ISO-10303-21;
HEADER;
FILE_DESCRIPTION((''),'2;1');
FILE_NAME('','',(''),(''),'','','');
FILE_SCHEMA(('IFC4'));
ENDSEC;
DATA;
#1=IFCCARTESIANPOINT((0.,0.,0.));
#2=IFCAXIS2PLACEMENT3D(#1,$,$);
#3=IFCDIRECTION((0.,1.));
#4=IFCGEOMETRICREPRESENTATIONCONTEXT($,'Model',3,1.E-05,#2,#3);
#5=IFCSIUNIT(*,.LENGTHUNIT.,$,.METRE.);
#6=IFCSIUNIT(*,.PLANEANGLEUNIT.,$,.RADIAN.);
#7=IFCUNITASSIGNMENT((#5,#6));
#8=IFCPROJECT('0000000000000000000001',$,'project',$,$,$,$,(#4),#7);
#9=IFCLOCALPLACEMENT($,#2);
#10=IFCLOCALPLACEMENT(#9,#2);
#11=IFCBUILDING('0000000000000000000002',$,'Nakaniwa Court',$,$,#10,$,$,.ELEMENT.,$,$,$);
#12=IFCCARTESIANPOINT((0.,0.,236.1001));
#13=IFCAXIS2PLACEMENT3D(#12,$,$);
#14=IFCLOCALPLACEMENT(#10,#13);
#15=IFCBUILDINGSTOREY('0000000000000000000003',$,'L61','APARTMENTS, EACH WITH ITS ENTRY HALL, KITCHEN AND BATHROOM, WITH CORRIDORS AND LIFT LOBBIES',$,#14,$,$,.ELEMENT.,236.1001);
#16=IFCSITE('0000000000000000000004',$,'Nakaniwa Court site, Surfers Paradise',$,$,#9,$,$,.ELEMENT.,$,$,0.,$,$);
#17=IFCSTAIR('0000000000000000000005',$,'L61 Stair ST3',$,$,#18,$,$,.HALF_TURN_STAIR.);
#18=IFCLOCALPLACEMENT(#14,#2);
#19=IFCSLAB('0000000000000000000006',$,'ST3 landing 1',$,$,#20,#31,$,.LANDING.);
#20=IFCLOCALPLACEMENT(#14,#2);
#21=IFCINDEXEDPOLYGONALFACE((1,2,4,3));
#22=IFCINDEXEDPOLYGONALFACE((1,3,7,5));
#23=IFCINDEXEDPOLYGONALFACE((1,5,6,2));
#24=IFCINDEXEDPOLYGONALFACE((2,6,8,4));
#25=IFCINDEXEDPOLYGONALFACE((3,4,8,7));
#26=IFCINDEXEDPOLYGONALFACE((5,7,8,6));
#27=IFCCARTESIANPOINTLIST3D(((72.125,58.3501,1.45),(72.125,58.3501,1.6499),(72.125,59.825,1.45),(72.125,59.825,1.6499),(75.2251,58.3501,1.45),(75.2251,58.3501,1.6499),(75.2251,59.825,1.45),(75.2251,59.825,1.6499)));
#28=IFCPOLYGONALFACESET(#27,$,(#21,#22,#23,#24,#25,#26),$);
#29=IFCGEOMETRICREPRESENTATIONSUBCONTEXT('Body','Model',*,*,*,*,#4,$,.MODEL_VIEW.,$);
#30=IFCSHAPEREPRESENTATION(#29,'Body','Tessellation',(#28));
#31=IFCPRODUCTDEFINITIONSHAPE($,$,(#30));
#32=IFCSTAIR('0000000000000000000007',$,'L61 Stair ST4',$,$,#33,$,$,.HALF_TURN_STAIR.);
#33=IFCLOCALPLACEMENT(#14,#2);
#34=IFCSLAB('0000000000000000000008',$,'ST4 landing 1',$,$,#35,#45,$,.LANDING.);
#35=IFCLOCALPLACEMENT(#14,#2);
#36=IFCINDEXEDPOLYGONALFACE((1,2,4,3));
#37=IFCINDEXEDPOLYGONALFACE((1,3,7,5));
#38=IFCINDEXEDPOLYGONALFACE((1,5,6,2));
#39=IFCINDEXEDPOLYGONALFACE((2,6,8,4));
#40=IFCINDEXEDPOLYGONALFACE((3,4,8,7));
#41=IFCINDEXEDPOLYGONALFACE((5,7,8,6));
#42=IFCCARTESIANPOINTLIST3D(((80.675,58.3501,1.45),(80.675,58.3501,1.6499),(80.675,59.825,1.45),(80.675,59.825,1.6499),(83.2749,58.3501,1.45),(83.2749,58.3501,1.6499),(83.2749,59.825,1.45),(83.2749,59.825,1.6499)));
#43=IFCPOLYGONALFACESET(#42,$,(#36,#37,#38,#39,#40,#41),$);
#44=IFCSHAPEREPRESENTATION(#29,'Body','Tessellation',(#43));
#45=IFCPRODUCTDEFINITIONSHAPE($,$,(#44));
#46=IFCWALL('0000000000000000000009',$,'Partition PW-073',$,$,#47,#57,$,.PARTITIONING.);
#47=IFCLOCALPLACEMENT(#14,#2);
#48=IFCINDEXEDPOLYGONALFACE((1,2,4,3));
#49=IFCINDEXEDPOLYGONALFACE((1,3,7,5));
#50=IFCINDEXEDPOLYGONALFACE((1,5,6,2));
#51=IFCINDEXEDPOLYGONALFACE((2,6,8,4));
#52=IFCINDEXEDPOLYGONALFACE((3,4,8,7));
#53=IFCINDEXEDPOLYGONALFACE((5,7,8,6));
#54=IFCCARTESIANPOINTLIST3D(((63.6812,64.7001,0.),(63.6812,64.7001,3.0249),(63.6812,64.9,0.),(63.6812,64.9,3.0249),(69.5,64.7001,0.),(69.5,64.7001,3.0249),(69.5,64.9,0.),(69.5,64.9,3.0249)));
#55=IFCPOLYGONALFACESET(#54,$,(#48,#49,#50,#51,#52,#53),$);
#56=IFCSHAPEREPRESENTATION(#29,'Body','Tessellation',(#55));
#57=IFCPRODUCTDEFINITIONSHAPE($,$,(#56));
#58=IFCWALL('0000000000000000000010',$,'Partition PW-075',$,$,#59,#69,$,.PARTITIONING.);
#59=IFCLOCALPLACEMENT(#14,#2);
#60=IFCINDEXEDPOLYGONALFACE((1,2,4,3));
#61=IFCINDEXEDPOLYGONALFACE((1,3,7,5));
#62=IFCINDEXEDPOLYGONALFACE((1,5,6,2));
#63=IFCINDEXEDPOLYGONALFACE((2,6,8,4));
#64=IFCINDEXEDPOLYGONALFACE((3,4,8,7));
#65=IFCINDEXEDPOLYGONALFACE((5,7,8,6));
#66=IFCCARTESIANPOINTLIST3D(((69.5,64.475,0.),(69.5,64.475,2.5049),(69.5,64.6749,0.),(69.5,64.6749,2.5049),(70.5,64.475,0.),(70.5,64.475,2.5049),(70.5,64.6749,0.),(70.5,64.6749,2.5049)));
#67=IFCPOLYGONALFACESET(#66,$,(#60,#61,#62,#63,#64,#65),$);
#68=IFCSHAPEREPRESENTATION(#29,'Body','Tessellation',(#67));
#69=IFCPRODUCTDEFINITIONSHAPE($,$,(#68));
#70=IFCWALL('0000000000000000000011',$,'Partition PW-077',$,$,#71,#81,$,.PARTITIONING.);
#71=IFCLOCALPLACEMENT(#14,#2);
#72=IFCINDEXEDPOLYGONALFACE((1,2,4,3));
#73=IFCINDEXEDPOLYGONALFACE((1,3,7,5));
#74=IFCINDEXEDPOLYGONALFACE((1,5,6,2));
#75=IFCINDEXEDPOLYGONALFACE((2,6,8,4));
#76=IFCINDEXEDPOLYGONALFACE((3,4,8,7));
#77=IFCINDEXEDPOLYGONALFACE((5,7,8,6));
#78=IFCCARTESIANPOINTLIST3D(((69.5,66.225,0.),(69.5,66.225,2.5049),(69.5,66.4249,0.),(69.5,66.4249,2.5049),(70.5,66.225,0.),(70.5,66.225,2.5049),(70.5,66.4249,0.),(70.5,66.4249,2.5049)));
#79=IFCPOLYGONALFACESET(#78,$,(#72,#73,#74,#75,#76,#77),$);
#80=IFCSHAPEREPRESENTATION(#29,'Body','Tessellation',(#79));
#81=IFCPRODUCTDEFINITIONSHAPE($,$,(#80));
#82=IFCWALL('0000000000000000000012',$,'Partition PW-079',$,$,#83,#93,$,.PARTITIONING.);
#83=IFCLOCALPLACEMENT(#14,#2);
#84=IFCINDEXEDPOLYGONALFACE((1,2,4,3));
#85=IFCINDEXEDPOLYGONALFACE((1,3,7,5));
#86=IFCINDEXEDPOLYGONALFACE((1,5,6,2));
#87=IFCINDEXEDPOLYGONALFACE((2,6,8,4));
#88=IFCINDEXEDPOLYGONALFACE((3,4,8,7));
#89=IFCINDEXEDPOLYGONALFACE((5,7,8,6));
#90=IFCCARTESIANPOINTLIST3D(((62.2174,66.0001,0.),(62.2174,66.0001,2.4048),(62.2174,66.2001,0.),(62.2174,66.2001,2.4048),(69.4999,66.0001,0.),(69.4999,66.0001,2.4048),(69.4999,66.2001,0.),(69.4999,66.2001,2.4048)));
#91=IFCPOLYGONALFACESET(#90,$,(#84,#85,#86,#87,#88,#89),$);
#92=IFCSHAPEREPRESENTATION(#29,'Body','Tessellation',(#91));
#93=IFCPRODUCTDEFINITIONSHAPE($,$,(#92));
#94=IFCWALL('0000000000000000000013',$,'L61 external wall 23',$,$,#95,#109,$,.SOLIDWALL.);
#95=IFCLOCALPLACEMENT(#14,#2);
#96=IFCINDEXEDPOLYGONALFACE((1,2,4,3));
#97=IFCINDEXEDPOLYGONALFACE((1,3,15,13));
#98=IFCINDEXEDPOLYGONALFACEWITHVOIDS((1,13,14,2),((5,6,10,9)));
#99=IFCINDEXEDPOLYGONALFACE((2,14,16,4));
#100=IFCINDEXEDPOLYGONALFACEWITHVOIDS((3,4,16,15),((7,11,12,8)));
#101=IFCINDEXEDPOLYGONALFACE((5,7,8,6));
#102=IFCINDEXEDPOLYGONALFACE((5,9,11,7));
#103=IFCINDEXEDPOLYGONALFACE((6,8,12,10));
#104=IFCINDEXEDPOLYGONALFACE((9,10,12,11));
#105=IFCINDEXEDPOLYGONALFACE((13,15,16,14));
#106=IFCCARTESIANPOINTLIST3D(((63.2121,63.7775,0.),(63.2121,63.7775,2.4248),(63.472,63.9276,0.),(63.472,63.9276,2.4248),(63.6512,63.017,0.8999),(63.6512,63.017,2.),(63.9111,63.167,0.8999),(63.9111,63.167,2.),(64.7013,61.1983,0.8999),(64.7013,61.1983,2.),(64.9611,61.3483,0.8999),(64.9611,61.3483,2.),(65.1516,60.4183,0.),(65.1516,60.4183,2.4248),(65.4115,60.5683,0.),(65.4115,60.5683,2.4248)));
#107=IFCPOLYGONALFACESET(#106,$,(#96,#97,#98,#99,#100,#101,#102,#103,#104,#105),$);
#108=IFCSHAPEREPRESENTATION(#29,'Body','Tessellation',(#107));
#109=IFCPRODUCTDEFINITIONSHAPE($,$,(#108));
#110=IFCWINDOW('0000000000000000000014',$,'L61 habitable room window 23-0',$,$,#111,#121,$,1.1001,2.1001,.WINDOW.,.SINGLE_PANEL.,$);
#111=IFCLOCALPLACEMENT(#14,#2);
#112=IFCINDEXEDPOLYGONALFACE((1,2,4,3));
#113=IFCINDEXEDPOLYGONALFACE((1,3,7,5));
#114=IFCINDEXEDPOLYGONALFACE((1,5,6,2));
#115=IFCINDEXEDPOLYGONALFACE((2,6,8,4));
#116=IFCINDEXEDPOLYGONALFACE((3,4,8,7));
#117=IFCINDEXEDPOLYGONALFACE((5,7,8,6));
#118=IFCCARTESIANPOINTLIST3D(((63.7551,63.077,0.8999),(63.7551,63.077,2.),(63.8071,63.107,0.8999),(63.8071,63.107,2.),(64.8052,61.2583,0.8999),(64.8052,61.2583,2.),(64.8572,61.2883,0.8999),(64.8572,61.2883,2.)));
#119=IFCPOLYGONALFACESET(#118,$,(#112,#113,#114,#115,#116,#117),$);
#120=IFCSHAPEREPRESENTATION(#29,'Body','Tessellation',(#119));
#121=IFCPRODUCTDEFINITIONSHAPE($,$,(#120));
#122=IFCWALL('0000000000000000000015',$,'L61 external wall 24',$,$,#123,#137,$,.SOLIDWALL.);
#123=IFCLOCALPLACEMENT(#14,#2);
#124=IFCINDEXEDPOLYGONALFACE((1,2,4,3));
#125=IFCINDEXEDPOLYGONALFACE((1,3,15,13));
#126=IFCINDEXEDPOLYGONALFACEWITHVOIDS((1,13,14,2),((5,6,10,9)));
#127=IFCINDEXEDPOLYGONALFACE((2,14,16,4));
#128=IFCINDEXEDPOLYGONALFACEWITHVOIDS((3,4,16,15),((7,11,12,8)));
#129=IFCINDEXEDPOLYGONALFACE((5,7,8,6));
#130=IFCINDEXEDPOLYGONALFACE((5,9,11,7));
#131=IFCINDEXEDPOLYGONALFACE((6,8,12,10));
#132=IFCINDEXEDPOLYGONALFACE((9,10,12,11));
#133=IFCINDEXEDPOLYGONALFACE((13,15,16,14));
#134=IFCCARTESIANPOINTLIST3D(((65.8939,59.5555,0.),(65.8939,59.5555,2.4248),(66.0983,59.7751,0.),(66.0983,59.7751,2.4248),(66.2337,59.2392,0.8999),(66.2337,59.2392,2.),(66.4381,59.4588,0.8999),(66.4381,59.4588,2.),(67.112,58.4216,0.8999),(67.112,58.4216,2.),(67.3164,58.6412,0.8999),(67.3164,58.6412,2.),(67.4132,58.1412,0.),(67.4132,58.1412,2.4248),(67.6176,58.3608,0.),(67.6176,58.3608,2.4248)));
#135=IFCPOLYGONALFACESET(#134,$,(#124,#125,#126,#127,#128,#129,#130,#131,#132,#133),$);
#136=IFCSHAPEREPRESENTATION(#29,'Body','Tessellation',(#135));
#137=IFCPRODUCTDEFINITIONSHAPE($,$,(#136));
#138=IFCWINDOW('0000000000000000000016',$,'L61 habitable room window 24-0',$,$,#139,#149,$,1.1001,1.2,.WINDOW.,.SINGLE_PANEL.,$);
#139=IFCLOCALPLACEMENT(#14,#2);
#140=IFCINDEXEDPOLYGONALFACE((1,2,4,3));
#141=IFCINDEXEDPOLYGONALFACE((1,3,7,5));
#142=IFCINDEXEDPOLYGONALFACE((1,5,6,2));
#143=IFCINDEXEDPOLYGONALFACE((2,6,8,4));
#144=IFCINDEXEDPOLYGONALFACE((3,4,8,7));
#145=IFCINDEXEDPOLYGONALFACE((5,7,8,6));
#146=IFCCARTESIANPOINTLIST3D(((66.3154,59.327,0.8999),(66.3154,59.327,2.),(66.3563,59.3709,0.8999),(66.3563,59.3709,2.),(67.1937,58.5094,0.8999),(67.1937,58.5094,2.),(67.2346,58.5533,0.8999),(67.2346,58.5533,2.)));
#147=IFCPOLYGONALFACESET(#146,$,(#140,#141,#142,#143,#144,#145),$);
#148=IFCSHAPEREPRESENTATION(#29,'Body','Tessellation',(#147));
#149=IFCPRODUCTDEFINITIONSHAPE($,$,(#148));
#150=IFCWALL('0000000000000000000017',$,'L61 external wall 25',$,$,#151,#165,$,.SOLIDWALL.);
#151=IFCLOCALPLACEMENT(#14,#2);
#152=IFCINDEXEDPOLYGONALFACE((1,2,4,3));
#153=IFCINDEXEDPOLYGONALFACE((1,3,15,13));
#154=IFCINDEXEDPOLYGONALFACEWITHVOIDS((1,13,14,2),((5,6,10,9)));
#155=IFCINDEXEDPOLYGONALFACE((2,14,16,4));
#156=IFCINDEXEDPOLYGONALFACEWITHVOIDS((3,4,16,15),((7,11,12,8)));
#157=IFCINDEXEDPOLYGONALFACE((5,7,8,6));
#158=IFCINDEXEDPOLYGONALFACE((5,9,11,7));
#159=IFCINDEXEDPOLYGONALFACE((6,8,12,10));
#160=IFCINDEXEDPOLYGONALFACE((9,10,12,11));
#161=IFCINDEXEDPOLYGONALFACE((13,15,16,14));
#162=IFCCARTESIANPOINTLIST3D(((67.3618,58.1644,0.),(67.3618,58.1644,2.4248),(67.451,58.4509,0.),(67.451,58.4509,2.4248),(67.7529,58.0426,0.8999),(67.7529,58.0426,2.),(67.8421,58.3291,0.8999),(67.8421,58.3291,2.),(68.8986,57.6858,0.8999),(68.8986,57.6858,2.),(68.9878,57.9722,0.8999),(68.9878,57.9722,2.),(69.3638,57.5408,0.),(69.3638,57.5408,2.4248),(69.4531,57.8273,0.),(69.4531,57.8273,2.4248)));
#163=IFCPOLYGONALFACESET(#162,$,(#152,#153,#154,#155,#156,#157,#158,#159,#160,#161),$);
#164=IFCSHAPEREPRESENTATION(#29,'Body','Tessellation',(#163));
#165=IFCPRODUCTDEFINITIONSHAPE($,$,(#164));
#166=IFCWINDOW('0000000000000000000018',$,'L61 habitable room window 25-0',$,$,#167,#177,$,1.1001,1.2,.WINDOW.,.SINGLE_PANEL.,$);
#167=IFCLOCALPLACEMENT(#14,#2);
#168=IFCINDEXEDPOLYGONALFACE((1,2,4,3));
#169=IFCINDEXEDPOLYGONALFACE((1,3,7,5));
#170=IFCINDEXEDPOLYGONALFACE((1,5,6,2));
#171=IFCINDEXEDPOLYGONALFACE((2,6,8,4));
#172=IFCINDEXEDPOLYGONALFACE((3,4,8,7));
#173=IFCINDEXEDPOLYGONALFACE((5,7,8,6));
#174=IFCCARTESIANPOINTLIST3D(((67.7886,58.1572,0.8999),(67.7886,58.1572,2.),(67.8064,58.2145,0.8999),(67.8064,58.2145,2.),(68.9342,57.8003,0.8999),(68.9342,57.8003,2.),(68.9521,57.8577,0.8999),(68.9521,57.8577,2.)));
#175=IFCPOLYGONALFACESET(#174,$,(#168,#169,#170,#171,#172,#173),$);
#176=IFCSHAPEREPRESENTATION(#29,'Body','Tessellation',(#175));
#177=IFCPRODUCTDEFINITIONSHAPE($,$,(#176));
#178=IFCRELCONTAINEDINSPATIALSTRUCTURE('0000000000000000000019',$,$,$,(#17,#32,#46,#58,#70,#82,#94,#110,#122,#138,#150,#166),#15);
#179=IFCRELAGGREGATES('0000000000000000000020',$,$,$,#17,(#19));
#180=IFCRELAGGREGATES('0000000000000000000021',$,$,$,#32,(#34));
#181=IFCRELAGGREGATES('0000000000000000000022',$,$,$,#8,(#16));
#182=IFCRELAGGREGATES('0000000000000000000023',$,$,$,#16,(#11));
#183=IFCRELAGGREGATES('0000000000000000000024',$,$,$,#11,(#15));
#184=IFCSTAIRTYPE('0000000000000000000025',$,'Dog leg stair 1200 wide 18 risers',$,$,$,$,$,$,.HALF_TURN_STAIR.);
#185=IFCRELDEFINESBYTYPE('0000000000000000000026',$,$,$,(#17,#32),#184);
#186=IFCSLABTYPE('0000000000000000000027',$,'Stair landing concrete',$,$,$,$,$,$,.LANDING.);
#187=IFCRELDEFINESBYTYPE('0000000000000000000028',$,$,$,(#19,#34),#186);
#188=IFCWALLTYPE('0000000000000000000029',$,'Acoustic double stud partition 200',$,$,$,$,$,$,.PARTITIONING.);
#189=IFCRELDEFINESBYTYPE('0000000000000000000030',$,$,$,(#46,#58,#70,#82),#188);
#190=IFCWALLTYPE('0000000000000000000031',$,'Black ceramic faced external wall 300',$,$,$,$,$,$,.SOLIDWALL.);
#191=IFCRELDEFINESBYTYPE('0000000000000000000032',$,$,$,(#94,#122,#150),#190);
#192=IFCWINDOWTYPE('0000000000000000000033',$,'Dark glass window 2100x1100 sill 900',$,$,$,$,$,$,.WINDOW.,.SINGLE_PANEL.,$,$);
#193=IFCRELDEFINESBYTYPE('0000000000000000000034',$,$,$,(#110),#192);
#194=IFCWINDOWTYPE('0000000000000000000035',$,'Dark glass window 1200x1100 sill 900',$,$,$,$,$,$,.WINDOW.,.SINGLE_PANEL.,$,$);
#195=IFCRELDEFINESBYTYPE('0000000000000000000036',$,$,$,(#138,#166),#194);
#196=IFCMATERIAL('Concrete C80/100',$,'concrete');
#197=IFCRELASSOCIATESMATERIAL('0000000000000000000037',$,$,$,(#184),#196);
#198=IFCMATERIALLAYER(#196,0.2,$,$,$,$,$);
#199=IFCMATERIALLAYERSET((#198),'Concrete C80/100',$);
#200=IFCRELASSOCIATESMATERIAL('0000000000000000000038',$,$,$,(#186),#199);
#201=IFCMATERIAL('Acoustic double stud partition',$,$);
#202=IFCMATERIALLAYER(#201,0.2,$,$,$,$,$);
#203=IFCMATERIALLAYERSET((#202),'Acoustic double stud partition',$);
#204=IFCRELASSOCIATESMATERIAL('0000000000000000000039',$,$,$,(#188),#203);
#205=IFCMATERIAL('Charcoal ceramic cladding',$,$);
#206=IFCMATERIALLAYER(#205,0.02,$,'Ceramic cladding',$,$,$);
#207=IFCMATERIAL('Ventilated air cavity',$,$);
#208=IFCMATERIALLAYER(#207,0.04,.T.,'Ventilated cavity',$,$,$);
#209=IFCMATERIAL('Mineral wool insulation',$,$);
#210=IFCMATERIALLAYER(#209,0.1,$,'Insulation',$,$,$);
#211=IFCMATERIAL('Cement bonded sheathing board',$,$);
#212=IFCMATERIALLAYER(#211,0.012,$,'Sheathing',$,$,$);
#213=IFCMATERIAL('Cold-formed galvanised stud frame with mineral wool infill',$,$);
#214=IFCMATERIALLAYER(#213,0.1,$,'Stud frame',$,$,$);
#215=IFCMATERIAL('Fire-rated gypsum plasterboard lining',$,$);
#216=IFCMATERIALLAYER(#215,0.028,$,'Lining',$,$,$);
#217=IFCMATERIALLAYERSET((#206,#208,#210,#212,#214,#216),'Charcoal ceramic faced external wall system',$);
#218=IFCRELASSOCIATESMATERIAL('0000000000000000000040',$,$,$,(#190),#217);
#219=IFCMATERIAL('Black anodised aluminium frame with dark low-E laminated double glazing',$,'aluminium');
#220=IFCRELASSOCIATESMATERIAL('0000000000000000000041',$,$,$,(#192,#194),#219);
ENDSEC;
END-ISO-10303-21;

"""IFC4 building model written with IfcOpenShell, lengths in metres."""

from ifc_helpers import new_model, si_unit, direction, frame, frame_2d, origin, place, context, subcontext, project, spatial, polyline, rectangle, outline, extrude, material, layer, layer_set, type_object, element, fill, aggregate, save


model = new_model("IFC4")

# Units and contexts
model_context = context("Model", 3, precision=1e-05, world=origin(), true_north=direction((0.0, 1.0)))
body_context = subcontext(model_context, "Body", "Model", "MODEL_VIEW")
ifc_project = project(units=[si_unit("LENGTHUNIT", "METRE"), si_unit("PLANEANGLEUNIT", "RADIAN")], contexts=[model_context])

# Site, building, storey
site_placement = place(None, origin())
site = spatial("IfcSite", under=ifc_project, at=site_placement, Name="Nakaniwa Court site, Surfers Paradise", CompositionType="ELEMENT", RefElevation=0.0)
building_placement = place(site_placement, origin())
building = spatial("IfcBuilding", under=site, at=building_placement, Name="Nakaniwa Court", CompositionType="ELEMENT")
storey_placement = place(building_placement, frame((0.0, 0.0, 236.1001)))
storey = spatial("IfcBuildingStorey", under=building, at=storey_placement, Name="L61", Description="APARTMENTS, EACH WITH ITS ENTRY HALL, KITCHEN AND BATHROOM, WITH CORRIDORS AND LIFT LOBBIES", CompositionType="ELEMENT", Elevation=236.1001)

# Shared definitions
ifc_material_1 = material(Name="Concrete C80/100", Category="concrete")

# Stairs, slabs
stair_type = type_object("IfcStairType", Name="Dog leg stair 1200 wide 18 risers", PredefinedType="HALF_TURN_STAIR", material=ifc_material_1)
ifc_layer_1 = layer(ifc_material_1, 0.2)
ifc_layer_set_1 = layer_set([ifc_layer_1], Name="Concrete C80/100")
slab_type_1 = type_object("IfcSlabType", Name="Stair landing concrete", PredefinedType="LANDING", material=ifc_layer_set_1)
stair_1_placement = place(storey_placement, origin())
stair_1 = element("IfcStair", 1, at=stair_1_placement, inside=storey, type_object=stair_type, Name="L61 Stair ST3", PredefinedType="HALF_TURN_STAIR")
slab_1_placement = place(storey_placement, frame((0.0, 0.0, 1.45)))
slab_1 = element("IfcSlab", 2, at=slab_1_placement, type_object=slab_type_1, Name="ST3 landing 1", PredefinedType="LANDING", context=body_context, shape_type="SweptSolid", body=[
    extrude(outline(polyline([(75.2251, 58.3501), (75.2251, 59.825), (72.125, 59.825), (72.125, 58.3501), (75.2251, 58.3501)])), origin(), (0.0, 0.0, 1.0), 0.2),
])
aggregate(stair_1, [slab_1])
stair_2_placement = place(storey_placement, origin())
stair_2 = element("IfcStair", 3, at=stair_2_placement, inside=storey, type_object=stair_type, Name="L61 Stair ST4", PredefinedType="HALF_TURN_STAIR")
slab_2_placement = place(storey_placement, frame((0.0, 0.0, 1.45)))
slab_2 = element("IfcSlab", 4, at=slab_2_placement, type_object=slab_type_1, Name="ST4 landing 1", PredefinedType="LANDING", context=body_context, shape_type="SweptSolid", body=[
    extrude(outline(polyline([(83.2749, 58.3501), (83.2749, 59.825), (80.675, 59.825), (80.675, 58.3501), (83.2749, 58.3501)])), origin(), (0.0, 0.0, 1.0), 0.2),
])
aggregate(stair_2, [slab_2])

# Walls
ifc_material_2 = material(Name="Acoustic double stud partition")
ifc_layer_2 = layer(ifc_material_2, 0.2)
ifc_layer_set_2 = layer_set([ifc_layer_2], Name="Acoustic double stud partition")
wall_type_1 = type_object("IfcWallType", Name="Acoustic double stud partition 200", PredefinedType="PARTITIONING", material=ifc_layer_set_2)
wall_1_placement = place(storey_placement, frame((63.6812, 64.8, 0.0), z_axis=(0.0, 0.0, 1.0), x_axis=(1.0, 0.0, 0.0)))
element("IfcWall", 5, at=wall_1_placement, inside=storey, type_object=wall_type_1, Name="Partition PW-073", PredefinedType="PARTITIONING", context=body_context, shape_type="SweptSolid", body=[
    extrude(rectangle(XDim=5.8188, YDim=0.2, at=frame_2d((2.9094, 0.0))), origin(), (0.0, 0.0, 1.0), 3.0249),
])
for number, where, z_axis, x_axis, name in (
    (6, (69.5, 64.575, 0.0), (0.0, 0.0, 1.0), (1.0, 0.0, 0.0), "Partition PW-075"),
    (7, (69.5, 66.325, 0.0), (0.0, 0.0, 1.0), (1.0, 0.0, 0.0), "Partition PW-077"),
):
    element("IfcWall", number, at=place(storey_placement, frame(where, z_axis=z_axis, x_axis=x_axis)), inside=storey, type_object=wall_type_1, Name=name, PredefinedType="PARTITIONING", context=body_context, shape_type="SweptSolid", body=[
        extrude(rectangle(XDim=1.0, YDim=0.2, at=frame_2d((0.5, 0.0))), origin(), (0.0, 0.0, 1.0), 2.5049),
    ])
wall_2_placement = place(storey_placement, frame((62.2175, 66.1001, 0.0), z_axis=(0.0, 0.0, 1.0), x_axis=(1.0, 0.0, 0.0)))
element("IfcWall", 8, at=wall_2_placement, inside=storey, type_object=wall_type_1, Name="Partition PW-079", PredefinedType="PARTITIONING", context=body_context, shape_type="SweptSolid", body=[
    extrude(rectangle(XDim=7.2825, YDim=0.2, at=frame_2d((3.6411, 0.0))), origin(), (0.0, 0.0, 1.0), 2.4048),
])

# Walls, openings, windows
ifc_material_3 = material(Name="Charcoal ceramic cladding")
ifc_layer_3 = layer(ifc_material_3, 0.02, Name="Ceramic cladding")
ifc_material_4 = material(Name="Ventilated air cavity")
ifc_layer_4 = layer(ifc_material_4, 0.04, ventilated=True, Name="Ventilated cavity")
ifc_material_5 = material(Name="Mineral wool insulation")
ifc_layer_5 = layer(ifc_material_5, 0.1, Name="Insulation")
ifc_material_6 = material(Name="Cement bonded sheathing board")
ifc_layer_6 = layer(ifc_material_6, 0.012, Name="Sheathing")
ifc_material_7 = material(Name="Cold-formed galvanised stud frame with mineral wool infill")
ifc_layer_7 = layer(ifc_material_7, 0.1, Name="Stud frame")
ifc_material_8 = material(Name="Fire-rated gypsum plasterboard lining")
ifc_layer_8 = layer(ifc_material_8, 0.028, Name="Lining")
ifc_layer_set_3 = layer_set([ifc_layer_3, ifc_layer_4, ifc_layer_5, ifc_layer_6, ifc_layer_7, ifc_layer_8], Name="Charcoal ceramic faced external wall system")
wall_type_2 = type_object("IfcWallType", Name="Black ceramic faced external wall 300", PredefinedType="SOLIDWALL", material=ifc_layer_set_3)
wall_3_placement = place(storey_placement, frame((63.342, 63.8525, 0.0), z_axis=(0.0, 0.0, 1.0), x_axis=(0.500011, -0.866019, 0.0)))
wall_3 = element("IfcWall", 9, at=wall_3_placement, inside=storey, type_object=wall_type_2, Name="L61 external wall 23", PredefinedType="SOLIDWALL", context=body_context, shape_type="SweptSolid", body=[
    extrude(rectangle(XDim=3.8789, YDim=0.3, at=frame_2d((1.9395, 0.0))), origin(), (0.0, 0.0, 1.0), 2.4248),
])
opening_1_placement = place(wall_3_placement, frame((0.8782, 0.0, 0.8999)))
opening_1 = element("IfcOpeningElement", 10, at=opening_1_placement, cuts=wall_3, PredefinedType="OPENING", context=body_context, shape_type="SweptSolid", body=[
    extrude(rectangle(XDim=2.1001, YDim=1.1001, at=frame_2d((1.05, 0.55))), frame((0.0, 0.1599, 0.0), z_axis=(0.0, -1.0, 0.0), x_axis=(1.0, 0.0, 0.0)), (0.0, 0.0, 1.0), 0.3201),
])
ifc_material_9 = material(Name="Black anodised aluminium frame with dark low-E laminated double glazing", Category="aluminium")
window_type_1 = type_object("IfcWindowType", Name="Dark glass window 2100x1100 sill 900", PartitioningType="SINGLE_PANEL", PredefinedType="WINDOW", material=ifc_material_9)
window_1_placement = place(opening_1_placement, origin())
window_1 = element("IfcWindow", 11, at=window_1_placement, inside=storey, type_object=window_type_1, Name="L61 habitable room window 23-0", OverallHeight=1.1001, OverallWidth=2.1001, PartitioningType="SINGLE_PANEL", PredefinedType="WINDOW", context=body_context, shape_type="SweptSolid", body=[
    extrude(rectangle(XDim=2.1001, YDim=1.1001, at=frame_2d((1.05, 0.55))), frame((0.0, 0.03, 0.0), z_axis=(0.0, -1.0, 0.0), x_axis=(1.0, 0.0, 0.0)), (0.0, 0.0, 1.0), 0.0601),
])
fill(opening_1, window_1)
wall_4_placement = place(storey_placement, frame((65.9961, 59.6653, 0.0), z_axis=(0.0, 0.0, 1.0), x_axis=(0.731943, -0.681366, 0.0)))
wall_4 = element("IfcWall", 12, at=wall_4_placement, inside=storey, type_object=wall_type_2, Name="L61 external wall 24", PredefinedType="SOLIDWALL", context=body_context, shape_type="SweptSolid", body=[
    extrude(rectangle(XDim=2.0757, YDim=0.3, at=frame_2d((1.0378, 0.0))), origin(), (0.0, 0.0, 1.0), 2.4248),
])
opening_2_placement = place(wall_4_placement, frame((0.4641, 0.0, 0.8999)))
opening_2 = element("IfcOpeningElement", 13, at=opening_2_placement, cuts=wall_4, PredefinedType="OPENING", context=body_context, shape_type="SweptSolid", body=[
    extrude(rectangle(XDim=1.2, YDim=1.1001, at=frame_2d((0.6001, 0.55))), frame((0.0, 0.1599, 0.0), z_axis=(0.0, -1.0, 0.0), x_axis=(1.0, 0.0, 0.0)), (0.0, 0.0, 1.0), 0.3201),
])
window_type_2 = type_object("IfcWindowType", Name="Dark glass window 1200x1100 sill 900", PartitioningType="SINGLE_PANEL", PredefinedType="WINDOW", material=ifc_material_9)
window_2_placement = place(opening_2_placement, origin())
window_2 = element("IfcWindow", 14, at=window_2_placement, inside=storey, type_object=window_type_2, Name="L61 habitable room window 24-0", OverallHeight=1.1001, OverallWidth=1.2, PartitioningType="SINGLE_PANEL", PredefinedType="WINDOW", context=body_context, shape_type="SweptSolid", body=[
    extrude(rectangle(XDim=1.2, YDim=1.1001, at=frame_2d((0.6001, 0.55))), frame((0.0, 0.03, 0.0), z_axis=(0.0, -1.0, 0.0), x_axis=(1.0, 0.0, 0.0)), (0.0, 0.0, 1.0), 0.0601),
])
fill(opening_2, window_2)
wall_5_placement = place(storey_placement, frame((67.4065, 58.3076, 0.0), z_axis=(0.0, 0.0, 1.0), x_axis=(0.954761, -0.297373, 0.0)))
wall_5 = element("IfcWall", 15, at=wall_5_placement, inside=storey, type_object=wall_type_2, Name="L61 external wall 25", PredefinedType="SOLIDWALL", context=body_context, shape_type="SweptSolid", body=[
    extrude(rectangle(XDim=2.0969, YDim=0.3, at=frame_2d((1.0483, 0.0))), origin(), (0.0, 0.0, 1.0), 2.4248),
])
opening_3_placement = place(wall_5_placement, frame((0.4094, 0.0, 0.8999)))
opening_3 = element("IfcOpeningElement", 16, at=opening_3_placement, cuts=wall_5, PredefinedType="OPENING", context=body_context, shape_type="SweptSolid", body=[
    extrude(rectangle(XDim=1.2, YDim=1.1001, at=frame_2d((0.6001, 0.55))), frame((0.0, 0.1599, 0.0), z_axis=(0.0, -1.0, 0.0), x_axis=(1.0, 0.0, 0.0)), (0.0, 0.0, 1.0), 0.3201),
])
window_3_placement = place(opening_3_placement, origin())
window_3 = element("IfcWindow", 17, at=window_3_placement, inside=storey, type_object=window_type_2, Name="L61 habitable room window 25-0", OverallHeight=1.1001, OverallWidth=1.2, PartitioningType="SINGLE_PANEL", PredefinedType="WINDOW", context=body_context, shape_type="SweptSolid", body=[
    extrude(rectangle(XDim=1.2, YDim=1.1001, at=frame_2d((0.6001, 0.55))), frame((0.0, 0.03, 0.0), z_axis=(0.0, -1.0, 0.0), x_axis=(1.0, 0.0, 0.0)), (0.0, 0.0, 1.0), 0.0601),
])
fill(opening_3, window_3)

save(model, "model.ifc")
